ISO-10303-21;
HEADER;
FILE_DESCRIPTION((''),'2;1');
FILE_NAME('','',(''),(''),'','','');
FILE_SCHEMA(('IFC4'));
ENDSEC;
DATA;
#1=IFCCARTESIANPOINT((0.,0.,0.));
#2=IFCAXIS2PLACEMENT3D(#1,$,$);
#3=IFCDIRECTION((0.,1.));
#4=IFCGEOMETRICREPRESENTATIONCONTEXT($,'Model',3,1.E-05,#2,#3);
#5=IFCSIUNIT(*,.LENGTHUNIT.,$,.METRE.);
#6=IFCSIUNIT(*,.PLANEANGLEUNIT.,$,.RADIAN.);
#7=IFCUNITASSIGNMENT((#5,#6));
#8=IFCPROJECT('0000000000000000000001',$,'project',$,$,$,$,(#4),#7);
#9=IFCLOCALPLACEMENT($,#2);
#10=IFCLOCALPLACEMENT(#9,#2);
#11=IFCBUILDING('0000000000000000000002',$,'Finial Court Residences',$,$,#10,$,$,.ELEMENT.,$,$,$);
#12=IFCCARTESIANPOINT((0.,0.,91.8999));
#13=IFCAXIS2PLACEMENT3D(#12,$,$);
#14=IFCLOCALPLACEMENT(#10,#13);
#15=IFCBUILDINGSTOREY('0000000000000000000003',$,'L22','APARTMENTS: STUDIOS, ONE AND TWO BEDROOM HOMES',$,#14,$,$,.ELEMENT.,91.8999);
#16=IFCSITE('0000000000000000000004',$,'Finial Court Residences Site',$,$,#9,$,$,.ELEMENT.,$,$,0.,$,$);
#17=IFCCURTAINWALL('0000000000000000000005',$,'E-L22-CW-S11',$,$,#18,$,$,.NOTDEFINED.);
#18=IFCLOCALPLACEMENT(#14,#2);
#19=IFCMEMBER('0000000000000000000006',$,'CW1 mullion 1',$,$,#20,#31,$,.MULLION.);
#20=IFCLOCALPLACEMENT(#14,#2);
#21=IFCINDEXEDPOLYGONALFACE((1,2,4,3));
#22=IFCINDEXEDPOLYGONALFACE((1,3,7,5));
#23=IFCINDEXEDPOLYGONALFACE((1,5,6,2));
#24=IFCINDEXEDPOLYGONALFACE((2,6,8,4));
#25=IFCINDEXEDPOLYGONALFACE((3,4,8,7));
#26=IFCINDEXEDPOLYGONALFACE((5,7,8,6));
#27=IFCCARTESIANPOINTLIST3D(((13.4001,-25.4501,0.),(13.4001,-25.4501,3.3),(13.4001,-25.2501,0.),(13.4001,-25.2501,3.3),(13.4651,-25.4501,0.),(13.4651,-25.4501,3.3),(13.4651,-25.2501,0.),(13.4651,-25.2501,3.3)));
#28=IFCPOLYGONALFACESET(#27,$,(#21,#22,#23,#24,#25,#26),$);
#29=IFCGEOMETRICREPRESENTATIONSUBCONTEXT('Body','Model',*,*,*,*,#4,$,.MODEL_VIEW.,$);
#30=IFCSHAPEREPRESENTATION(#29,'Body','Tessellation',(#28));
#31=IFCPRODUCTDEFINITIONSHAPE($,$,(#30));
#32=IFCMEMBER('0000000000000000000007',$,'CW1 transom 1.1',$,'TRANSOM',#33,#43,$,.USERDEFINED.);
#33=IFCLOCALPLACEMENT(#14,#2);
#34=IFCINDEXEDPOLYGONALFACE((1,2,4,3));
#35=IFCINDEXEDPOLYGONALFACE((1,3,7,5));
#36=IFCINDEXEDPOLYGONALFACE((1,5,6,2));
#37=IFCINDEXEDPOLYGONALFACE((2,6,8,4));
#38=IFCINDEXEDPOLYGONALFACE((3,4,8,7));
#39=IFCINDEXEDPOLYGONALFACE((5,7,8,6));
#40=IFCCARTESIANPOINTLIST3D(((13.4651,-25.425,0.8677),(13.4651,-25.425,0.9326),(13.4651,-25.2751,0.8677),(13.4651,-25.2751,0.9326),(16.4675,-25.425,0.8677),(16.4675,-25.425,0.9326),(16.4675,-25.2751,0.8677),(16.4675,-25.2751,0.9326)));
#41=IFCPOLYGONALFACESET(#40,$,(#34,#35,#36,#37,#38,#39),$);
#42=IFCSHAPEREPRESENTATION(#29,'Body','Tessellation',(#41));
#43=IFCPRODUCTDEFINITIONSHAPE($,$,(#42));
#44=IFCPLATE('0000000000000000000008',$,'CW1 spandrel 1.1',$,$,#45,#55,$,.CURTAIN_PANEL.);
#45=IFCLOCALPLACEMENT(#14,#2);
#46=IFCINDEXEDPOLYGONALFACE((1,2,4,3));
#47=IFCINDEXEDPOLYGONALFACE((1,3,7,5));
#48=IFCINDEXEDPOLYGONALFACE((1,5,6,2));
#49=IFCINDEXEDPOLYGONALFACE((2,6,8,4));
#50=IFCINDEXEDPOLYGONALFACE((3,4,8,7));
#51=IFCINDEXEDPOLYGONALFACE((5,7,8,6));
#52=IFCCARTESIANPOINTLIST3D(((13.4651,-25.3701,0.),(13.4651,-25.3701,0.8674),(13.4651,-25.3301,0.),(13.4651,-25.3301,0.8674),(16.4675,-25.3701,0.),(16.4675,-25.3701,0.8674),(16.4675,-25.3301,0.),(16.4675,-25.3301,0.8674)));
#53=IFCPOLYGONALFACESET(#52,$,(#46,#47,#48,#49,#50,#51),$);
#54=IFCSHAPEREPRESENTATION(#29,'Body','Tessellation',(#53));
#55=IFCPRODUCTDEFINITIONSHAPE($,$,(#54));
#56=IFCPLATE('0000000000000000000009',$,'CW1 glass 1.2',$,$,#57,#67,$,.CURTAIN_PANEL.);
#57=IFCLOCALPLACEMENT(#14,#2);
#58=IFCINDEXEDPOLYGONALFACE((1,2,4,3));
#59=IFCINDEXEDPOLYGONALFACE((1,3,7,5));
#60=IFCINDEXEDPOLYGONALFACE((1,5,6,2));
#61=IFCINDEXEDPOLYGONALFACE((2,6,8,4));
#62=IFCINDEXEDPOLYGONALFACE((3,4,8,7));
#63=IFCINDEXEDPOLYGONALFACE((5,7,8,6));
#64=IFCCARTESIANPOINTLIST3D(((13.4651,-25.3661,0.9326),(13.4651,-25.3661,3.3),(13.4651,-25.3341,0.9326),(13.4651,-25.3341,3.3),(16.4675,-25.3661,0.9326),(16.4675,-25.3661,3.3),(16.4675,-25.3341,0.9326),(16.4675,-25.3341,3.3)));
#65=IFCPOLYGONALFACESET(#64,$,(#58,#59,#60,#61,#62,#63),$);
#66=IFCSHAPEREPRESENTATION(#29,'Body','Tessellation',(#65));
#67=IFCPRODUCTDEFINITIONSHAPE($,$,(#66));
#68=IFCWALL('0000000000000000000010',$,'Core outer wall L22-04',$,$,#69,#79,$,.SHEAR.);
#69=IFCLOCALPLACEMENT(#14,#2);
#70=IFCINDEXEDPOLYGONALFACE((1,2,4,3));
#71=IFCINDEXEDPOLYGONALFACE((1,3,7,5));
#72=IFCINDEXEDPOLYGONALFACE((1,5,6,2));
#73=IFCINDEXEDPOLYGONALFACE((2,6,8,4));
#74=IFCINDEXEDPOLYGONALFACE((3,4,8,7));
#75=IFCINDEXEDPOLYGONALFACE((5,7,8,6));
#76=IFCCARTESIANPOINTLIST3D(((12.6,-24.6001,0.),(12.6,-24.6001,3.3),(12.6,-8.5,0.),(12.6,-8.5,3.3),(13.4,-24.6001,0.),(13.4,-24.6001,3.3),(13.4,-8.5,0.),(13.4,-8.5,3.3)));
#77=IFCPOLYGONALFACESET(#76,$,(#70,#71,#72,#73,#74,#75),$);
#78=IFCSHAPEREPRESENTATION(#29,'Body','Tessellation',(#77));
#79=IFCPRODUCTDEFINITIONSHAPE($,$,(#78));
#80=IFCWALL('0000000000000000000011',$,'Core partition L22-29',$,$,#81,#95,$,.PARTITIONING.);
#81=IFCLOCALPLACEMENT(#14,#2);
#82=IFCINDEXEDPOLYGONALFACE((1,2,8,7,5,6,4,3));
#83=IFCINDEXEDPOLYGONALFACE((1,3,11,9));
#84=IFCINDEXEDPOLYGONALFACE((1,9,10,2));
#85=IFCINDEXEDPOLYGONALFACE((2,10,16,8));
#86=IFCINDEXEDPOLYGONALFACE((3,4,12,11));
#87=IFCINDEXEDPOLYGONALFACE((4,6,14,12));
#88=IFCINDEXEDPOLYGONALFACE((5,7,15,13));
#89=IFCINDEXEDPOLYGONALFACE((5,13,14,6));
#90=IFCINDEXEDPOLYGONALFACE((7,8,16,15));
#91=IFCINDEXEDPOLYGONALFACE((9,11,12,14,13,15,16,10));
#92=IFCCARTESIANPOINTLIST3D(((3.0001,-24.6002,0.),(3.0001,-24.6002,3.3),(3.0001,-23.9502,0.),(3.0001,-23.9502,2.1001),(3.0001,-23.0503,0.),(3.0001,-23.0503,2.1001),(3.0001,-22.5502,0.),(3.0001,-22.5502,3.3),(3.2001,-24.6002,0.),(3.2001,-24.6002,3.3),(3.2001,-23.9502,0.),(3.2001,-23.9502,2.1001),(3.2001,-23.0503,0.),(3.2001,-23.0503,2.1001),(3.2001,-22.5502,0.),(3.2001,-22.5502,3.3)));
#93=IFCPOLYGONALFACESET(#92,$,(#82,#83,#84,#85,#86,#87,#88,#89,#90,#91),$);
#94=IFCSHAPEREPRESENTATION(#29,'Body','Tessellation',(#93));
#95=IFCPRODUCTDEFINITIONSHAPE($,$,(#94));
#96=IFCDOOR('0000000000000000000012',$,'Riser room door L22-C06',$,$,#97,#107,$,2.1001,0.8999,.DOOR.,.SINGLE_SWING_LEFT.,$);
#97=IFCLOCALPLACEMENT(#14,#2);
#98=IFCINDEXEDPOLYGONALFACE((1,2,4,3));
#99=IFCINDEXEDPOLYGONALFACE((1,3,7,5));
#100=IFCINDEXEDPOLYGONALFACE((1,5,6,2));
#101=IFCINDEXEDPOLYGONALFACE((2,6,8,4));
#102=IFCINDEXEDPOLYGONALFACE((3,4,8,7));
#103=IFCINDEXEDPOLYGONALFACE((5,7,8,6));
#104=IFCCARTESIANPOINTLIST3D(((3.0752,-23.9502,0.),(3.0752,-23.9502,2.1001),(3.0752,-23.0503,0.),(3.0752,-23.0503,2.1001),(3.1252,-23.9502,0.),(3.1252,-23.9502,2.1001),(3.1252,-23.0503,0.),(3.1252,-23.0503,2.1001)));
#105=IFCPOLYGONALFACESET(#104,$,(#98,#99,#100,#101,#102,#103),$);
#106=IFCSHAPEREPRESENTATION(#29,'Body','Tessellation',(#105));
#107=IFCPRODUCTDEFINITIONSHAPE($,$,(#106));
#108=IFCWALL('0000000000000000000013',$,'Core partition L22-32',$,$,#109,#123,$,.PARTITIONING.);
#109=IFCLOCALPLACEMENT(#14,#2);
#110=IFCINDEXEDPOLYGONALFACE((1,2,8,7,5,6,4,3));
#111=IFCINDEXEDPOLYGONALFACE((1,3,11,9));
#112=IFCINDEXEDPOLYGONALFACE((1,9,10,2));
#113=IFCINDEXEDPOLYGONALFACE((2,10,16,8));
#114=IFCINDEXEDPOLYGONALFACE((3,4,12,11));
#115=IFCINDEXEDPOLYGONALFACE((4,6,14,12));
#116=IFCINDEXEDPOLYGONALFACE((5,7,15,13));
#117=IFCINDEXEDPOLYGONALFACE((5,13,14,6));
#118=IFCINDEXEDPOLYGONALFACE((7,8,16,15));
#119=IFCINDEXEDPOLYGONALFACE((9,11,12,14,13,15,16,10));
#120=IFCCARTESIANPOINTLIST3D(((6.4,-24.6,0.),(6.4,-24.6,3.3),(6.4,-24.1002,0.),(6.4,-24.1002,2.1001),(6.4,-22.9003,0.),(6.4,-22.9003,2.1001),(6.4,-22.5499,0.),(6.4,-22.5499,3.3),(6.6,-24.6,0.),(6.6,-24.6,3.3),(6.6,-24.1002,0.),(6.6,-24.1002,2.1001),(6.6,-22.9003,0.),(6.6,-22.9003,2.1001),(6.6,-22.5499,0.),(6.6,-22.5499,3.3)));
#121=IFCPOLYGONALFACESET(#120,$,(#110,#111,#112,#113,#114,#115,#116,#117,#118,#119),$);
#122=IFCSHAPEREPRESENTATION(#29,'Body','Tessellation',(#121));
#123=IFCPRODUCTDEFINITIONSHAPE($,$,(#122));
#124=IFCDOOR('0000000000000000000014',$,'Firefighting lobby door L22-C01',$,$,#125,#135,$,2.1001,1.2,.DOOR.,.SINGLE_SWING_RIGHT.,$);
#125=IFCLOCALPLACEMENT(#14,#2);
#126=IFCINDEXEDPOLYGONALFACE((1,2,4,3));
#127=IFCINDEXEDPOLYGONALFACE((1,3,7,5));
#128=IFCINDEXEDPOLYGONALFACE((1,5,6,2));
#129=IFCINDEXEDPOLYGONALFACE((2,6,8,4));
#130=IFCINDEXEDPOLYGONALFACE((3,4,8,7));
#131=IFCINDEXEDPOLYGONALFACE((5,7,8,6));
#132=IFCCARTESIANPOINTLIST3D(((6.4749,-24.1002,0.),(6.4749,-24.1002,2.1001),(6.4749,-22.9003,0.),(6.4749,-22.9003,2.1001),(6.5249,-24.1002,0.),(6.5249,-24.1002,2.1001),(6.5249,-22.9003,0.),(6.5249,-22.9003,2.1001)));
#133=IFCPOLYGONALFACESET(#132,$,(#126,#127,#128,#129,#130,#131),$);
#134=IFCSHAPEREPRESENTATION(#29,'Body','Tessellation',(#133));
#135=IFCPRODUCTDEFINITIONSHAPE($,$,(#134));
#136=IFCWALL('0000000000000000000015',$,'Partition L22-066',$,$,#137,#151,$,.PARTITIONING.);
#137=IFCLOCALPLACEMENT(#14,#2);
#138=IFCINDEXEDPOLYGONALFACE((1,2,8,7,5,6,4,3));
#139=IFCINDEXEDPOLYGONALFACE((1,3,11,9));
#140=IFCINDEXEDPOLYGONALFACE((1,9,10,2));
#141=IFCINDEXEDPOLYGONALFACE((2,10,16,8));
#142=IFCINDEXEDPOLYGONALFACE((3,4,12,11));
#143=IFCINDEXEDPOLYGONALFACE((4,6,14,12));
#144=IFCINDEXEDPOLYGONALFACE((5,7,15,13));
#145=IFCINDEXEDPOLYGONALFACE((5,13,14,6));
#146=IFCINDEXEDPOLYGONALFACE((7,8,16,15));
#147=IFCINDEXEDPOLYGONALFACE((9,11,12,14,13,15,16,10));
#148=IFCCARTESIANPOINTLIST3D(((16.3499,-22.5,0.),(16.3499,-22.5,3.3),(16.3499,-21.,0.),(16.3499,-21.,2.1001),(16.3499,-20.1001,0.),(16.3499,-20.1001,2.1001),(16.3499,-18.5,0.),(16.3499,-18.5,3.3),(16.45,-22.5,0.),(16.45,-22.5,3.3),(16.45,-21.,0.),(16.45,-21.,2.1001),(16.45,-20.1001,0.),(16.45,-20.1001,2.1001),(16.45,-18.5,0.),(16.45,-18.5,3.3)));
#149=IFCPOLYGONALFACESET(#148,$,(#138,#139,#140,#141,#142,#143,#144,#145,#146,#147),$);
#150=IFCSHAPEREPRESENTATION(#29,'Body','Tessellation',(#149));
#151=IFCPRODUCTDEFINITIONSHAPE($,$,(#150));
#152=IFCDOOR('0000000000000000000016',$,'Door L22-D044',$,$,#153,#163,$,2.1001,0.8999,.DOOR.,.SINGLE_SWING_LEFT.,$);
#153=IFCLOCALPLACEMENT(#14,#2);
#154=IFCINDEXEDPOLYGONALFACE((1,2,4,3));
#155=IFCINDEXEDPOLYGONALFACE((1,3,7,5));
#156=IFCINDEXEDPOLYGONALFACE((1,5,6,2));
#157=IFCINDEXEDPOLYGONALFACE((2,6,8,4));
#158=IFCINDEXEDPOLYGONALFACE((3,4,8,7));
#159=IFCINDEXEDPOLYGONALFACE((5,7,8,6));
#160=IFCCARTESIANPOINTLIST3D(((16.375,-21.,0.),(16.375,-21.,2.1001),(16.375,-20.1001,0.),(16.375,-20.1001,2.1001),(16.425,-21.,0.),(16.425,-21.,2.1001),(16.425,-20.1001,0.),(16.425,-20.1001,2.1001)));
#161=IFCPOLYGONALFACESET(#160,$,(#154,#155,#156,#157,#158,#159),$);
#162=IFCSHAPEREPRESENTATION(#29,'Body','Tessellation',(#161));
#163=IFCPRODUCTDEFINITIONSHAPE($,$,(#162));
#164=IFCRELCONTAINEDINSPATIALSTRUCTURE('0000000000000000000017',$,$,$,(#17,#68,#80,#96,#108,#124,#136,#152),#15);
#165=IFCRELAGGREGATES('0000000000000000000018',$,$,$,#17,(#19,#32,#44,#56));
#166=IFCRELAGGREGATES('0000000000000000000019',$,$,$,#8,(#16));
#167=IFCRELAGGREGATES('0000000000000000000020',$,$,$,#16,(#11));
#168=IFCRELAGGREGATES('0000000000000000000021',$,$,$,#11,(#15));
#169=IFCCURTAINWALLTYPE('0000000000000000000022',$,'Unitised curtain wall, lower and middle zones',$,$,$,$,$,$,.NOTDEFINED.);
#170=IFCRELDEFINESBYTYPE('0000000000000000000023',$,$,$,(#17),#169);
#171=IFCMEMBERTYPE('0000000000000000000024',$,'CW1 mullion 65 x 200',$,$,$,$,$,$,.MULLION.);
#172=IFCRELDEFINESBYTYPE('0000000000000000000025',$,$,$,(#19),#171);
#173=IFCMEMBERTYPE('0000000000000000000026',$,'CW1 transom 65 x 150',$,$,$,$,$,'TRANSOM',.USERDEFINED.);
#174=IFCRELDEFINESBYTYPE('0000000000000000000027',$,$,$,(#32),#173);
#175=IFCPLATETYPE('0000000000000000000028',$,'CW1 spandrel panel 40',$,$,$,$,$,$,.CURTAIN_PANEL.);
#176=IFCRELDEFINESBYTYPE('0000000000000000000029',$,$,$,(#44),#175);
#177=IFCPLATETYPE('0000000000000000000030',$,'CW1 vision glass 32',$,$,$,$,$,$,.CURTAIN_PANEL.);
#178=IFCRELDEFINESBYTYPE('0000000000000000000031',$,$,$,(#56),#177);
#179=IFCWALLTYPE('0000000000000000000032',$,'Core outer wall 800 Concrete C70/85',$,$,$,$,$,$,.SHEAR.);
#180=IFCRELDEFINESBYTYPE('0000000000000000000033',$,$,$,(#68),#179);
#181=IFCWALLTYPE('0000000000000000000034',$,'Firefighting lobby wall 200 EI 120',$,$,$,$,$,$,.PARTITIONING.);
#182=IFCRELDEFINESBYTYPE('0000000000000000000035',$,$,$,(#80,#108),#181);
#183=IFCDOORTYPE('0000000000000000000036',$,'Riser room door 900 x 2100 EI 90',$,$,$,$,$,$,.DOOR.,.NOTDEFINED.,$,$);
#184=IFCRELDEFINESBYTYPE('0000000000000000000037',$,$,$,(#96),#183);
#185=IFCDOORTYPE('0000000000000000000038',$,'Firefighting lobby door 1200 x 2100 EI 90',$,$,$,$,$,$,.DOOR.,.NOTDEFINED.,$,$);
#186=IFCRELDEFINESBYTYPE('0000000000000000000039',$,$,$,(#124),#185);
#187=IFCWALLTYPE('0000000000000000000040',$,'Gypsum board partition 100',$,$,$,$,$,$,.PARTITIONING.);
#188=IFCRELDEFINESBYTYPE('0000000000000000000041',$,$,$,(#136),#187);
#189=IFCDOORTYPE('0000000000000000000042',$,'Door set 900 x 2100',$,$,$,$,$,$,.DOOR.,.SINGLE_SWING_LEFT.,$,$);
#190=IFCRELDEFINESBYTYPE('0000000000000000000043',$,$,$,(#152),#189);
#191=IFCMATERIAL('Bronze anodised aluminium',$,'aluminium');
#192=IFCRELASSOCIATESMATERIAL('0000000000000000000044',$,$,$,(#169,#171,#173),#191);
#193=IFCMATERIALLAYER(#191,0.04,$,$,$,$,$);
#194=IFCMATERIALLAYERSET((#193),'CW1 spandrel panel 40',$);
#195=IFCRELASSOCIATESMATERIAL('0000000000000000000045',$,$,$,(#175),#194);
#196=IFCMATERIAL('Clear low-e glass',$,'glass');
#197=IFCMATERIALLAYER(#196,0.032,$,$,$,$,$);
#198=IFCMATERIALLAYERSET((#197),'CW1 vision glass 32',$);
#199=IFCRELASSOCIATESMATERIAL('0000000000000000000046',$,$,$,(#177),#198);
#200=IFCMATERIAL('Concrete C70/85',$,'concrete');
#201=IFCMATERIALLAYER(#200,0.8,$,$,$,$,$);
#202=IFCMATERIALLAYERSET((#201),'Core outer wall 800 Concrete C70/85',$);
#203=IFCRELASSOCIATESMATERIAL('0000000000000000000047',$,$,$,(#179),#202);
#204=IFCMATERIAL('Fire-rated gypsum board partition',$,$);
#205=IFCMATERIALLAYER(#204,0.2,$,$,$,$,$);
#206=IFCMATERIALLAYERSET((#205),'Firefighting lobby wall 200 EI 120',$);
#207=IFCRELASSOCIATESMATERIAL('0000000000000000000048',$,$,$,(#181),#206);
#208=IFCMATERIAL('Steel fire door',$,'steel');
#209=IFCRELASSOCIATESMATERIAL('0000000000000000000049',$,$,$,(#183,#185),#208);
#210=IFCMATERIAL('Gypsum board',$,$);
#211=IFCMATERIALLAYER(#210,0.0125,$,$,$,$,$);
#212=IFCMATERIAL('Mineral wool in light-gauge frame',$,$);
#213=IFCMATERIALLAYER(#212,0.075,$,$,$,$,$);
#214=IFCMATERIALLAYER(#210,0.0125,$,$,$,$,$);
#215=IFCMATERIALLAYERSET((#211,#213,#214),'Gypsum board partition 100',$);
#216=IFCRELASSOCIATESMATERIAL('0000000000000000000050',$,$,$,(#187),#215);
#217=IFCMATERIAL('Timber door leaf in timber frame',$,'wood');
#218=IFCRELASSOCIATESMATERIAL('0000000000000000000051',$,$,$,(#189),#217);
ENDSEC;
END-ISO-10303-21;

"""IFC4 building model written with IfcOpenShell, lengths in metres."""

from ifc_helpers import new_model, si_unit, direction, frame, frame_2d, origin, origin_2d, place, context, subcontext, project, spatial, rectangle, extrude, material, layer, layer_set, material_profile, profile_set, type_object, element, fill, aggregate, save


model = new_model("IFC4")

# Units and contexts
model_context = context("Model", 3, precision=1e-05, world=origin(), true_north=direction((0.0, 1.0)))
body_context = subcontext(model_context, "Body", "Model", "MODEL_VIEW")
ifc_project = project(units=[si_unit("LENGTHUNIT", "METRE"), si_unit("PLANEANGLEUNIT", "RADIAN")], contexts=[model_context])

# Site, building, storey
site_placement = place(None, origin())
site = spatial("IfcSite", under=ifc_project, at=site_placement, Name="Finial Court Residences Site", CompositionType="ELEMENT", RefElevation=0.0)
building_placement = place(site_placement, origin())
building = spatial("IfcBuilding", under=site, at=building_placement, Name="Finial Court Residences", CompositionType="ELEMENT")
storey_placement = place(building_placement, frame((0.0, 0.0, 91.8999)))
storey = spatial("IfcBuildingStorey", under=building, at=storey_placement, Name="L22", Description="APARTMENTS: STUDIOS, ONE AND TWO BEDROOM HOMES", CompositionType="ELEMENT", Elevation=91.8999)

# Curtain wall, members, plates
ifc_material_1 = material(Name="Bronze anodised aluminium", Category="aluminium")
curtain_wall_type = type_object("IfcCurtainWallType", Name="Unitised curtain wall, lower and middle zones", PredefinedType="NOTDEFINED", material=ifc_material_1)
curtain_wall_placement = place(storey_placement, origin())
curtain_wall = element("IfcCurtainWall", 1, at=curtain_wall_placement, inside=storey, type_object=curtain_wall_type, Name="E-L22-CW-S11", PredefinedType="NOTDEFINED")
ifc_material_profile_1 = material_profile(ifc_material_1, rectangle(XDim=0.2, YDim=0.0649, at=origin_2d()), Name="CW1 mullion 65 x 200")
ifc_profile_set_1 = profile_set([ifc_material_profile_1], Name="Bronze anodised aluminium")
member_type_1 = type_object("IfcMemberType", Name="CW1 mullion 65 x 200", PredefinedType="MULLION", material=ifc_profile_set_1)
member_1_placement = place(storey_placement, frame((13.4326, -25.3501, 0.0), z_axis=(0.0, 0.0, 1.0), x_axis=(0.0, 1.0, 0.0)))
member_1 = element("IfcMember", 2, at=member_1_placement, type_object=member_type_1, Name="CW1 mullion 1", PredefinedType="MULLION", context=body_context, shape_type="SweptSolid", body=[
    extrude(rectangle(XDim=0.2, YDim=0.0649, at=origin_2d()), origin(), (0.0, 0.0, 1.0), 3.3),
])
ifc_material_profile_2 = material_profile(ifc_material_1, rectangle(XDim=0.1499, YDim=0.0649, at=origin_2d()), Name="CW1 transom 65 x 150")
ifc_profile_set_2 = profile_set([ifc_material_profile_2], Name="Bronze anodised aluminium")
member_type_2 = type_object("IfcMemberType", Name="CW1 transom 65 x 150", ElementType="TRANSOM", PredefinedType="USERDEFINED", material=ifc_profile_set_2)
member_2_placement = place(storey_placement, frame((13.4651, -25.3501, 0.9001), z_axis=(1.0, 0.0, 0.0), x_axis=(0.0, 1.0, 0.0)))
member_2 = element("IfcMember", 3, at=member_2_placement, type_object=member_type_2, Name="CW1 transom 1.1", ObjectType="TRANSOM", PredefinedType="USERDEFINED", context=body_context, shape_type="SweptSolid", body=[
    extrude(rectangle(XDim=0.1499, YDim=0.0649, at=origin_2d()), origin(), (0.0, 0.0, 1.0), 3.0024),
])
ifc_layer_1 = layer(ifc_material_1, 0.04)
ifc_layer_set_1 = layer_set([ifc_layer_1], Name="CW1 spandrel panel 40")
plate_type_1 = type_object("IfcPlateType", Name="CW1 spandrel panel 40", PredefinedType="CURTAIN_PANEL", material=ifc_layer_set_1)
plate_1_placement = place(storey_placement, frame((14.9663, -25.3501, 0.0), z_axis=(0.0, 0.0, 1.0), x_axis=(1.0, 0.0, 0.0)))
plate_1 = element("IfcPlate", 4, at=plate_1_placement, type_object=plate_type_1, Name="CW1 spandrel 1.1", PredefinedType="CURTAIN_PANEL", context=body_context, shape_type="SweptSolid", body=[
    extrude(rectangle(XDim=3.0024, YDim=0.04, at=origin_2d()), origin(), (0.0, 0.0, 1.0), 0.8674),
])
ifc_material_2 = material(Name="Clear low-e glass", Category="glass")
ifc_layer_2 = layer(ifc_material_2, 0.032)
ifc_layer_set_2 = layer_set([ifc_layer_2], Name="CW1 vision glass 32")
plate_type_2 = type_object("IfcPlateType", Name="CW1 vision glass 32", PredefinedType="CURTAIN_PANEL", material=ifc_layer_set_2)
plate_2_placement = place(storey_placement, frame((14.9663, -25.3501, 0.9326), z_axis=(0.0, 0.0, 1.0), x_axis=(1.0, 0.0, 0.0)))
plate_2 = element("IfcPlate", 5, at=plate_2_placement, type_object=plate_type_2, Name="CW1 glass 1.2", PredefinedType="CURTAIN_PANEL", context=body_context, shape_type="SweptSolid", body=[
    extrude(rectangle(XDim=3.0024, YDim=0.032, at=origin_2d()), origin(), (0.0, 0.0, 1.0), 2.3674),
])
aggregate(curtain_wall, [member_1, member_2, plate_1, plate_2])

# Wall
ifc_material_3 = material(Name="Concrete C70/85", Category="concrete")
ifc_layer_3 = layer(ifc_material_3, 0.8)
ifc_layer_set_3 = layer_set([ifc_layer_3], Name="Core outer wall 800 Concrete C70/85")
wall_type_1 = type_object("IfcWallType", Name="Core outer wall 800 Concrete C70/85", PredefinedType="SHEAR", material=ifc_layer_set_3)
wall_1_placement = place(storey_placement, frame((13.0, -24.6001, 0.0), z_axis=(0.0, 0.0, 1.0), x_axis=(0.0, 1.0, 0.0)))
element("IfcWall", 6, at=wall_1_placement, inside=storey, type_object=wall_type_1, Name="Core outer wall L22-04", PredefinedType="SHEAR", context=body_context, shape_type="SweptSolid", body=[
    extrude(rectangle(XDim=16.1001, YDim=0.8, at=frame_2d((8.05, 0.0))), origin(), (0.0, 0.0, 1.0), 3.3),
])

# Walls, openings, doors
ifc_material_4 = material(Name="Fire-rated gypsum board partition")
ifc_layer_4 = layer(ifc_material_4, 0.2)
ifc_layer_set_4 = layer_set([ifc_layer_4], Name="Firefighting lobby wall 200 EI 120")
wall_type_2 = type_object("IfcWallType", Name="Firefighting lobby wall 200 EI 120", PredefinedType="PARTITIONING", material=ifc_layer_set_4)
wall_2_placement = place(storey_placement, frame((3.1001, -24.6001, 0.0), z_axis=(0.0, 0.0, 1.0), x_axis=(0.0, 1.0, 0.0)))
wall_2 = element("IfcWall", 7, at=wall_2_placement, inside=storey, type_object=wall_type_2, Name="Core partition L22-29", PredefinedType="PARTITIONING", context=body_context, shape_type="SweptSolid", body=[
    extrude(rectangle(XDim=2.05, YDim=0.2, at=frame_2d((1.0249, 0.0))), origin(), (0.0, 0.0, 1.0), 3.3),
])
opening_1_placement = place(wall_2_placement, frame((0.6499, 0.0, 0.0)))
opening_1 = element("IfcOpeningElement", 8, at=opening_1_placement, cuts=wall_2, PredefinedType="OPENING", context=body_context, shape_type="SweptSolid", body=[
    extrude(rectangle(XDim=0.8999, YDim=2.1001, at=frame_2d((0.45, 1.05))), frame((0.0, 0.1099, 0.0), z_axis=(0.0, -1.0, 0.0), x_axis=(1.0, 0.0, 0.0)), (0.0, 0.0, 1.0), 0.22),
])
ifc_material_5 = material(Name="Steel fire door", Category="steel")
door_type_1 = type_object("IfcDoorType", Name="Riser room door 900 x 2100 EI 90", OperationType="NOTDEFINED", PredefinedType="DOOR", material=ifc_material_5)
door_1_placement = place(opening_1_placement, origin())
door_1 = element("IfcDoor", 9, at=door_1_placement, inside=storey, type_object=door_type_1, Name="Riser room door L22-C06", OperationType="SINGLE_SWING_LEFT", OverallHeight=2.1001, OverallWidth=0.8999, PredefinedType="DOOR", context=body_context, shape_type="SweptSolid", body=[
    extrude(rectangle(XDim=0.8999, YDim=2.1001, at=frame_2d((0.45, 1.05))), frame((0.0, 0.0249, 0.0), z_axis=(0.0, -1.0, 0.0), x_axis=(1.0, 0.0, 0.0)), (0.0, 0.0, 1.0), 0.05),
])
fill(opening_1, door_1)
wall_3_placement = place(storey_placement, frame((6.5, -22.55, 0.0), z_axis=(0.0, 0.0, 1.0), x_axis=(0.0, -1.0, 0.0)))
wall_3 = element("IfcWall", 10, at=wall_3_placement, inside=storey, type_object=wall_type_2, Name="Core partition L22-32", PredefinedType="PARTITIONING", context=body_context, shape_type="SweptSolid", body=[
    extrude(rectangle(XDim=2.05, YDim=0.2, at=frame_2d((1.0249, 0.0))), origin(), (0.0, 0.0, 1.0), 3.3),
])
opening_2_placement = place(wall_3_placement, frame((0.3501, 0.0, 0.0)))
opening_2 = element("IfcOpeningElement", 11, at=opening_2_placement, cuts=wall_3, PredefinedType="OPENING", context=body_context, shape_type="SweptSolid", body=[
    extrude(rectangle(XDim=1.2, YDim=2.1001, at=frame_2d((0.6001, 1.05))), frame((0.0, 0.1099, 0.0), z_axis=(0.0, -1.0, 0.0), x_axis=(1.0, 0.0, 0.0)), (0.0, 0.0, 1.0), 0.22),
])
door_type_2 = type_object("IfcDoorType", Name="Firefighting lobby door 1200 x 2100 EI 90", OperationType="NOTDEFINED", PredefinedType="DOOR", material=ifc_material_5)
door_2_placement = place(opening_2_placement, origin())
door_2 = element("IfcDoor", 12, at=door_2_placement, inside=storey, type_object=door_type_2, Name="Firefighting lobby door L22-C01", OperationType="SINGLE_SWING_RIGHT", OverallHeight=2.1001, OverallWidth=1.2, PredefinedType="DOOR", context=body_context, shape_type="SweptSolid", body=[
    extrude(rectangle(XDim=1.2, YDim=2.1001, at=frame_2d((0.6001, 1.05))), frame((0.0, 0.0249, 0.0), z_axis=(0.0, -1.0, 0.0), x_axis=(1.0, 0.0, 0.0)), (0.0, 0.0, 1.0), 0.05),
])
fill(opening_2, door_2)
ifc_material_6 = material(Name="Gypsum board")
ifc_layer_5 = layer(ifc_material_6, 0.0125)
ifc_material_7 = material(Name="Mineral wool in light-gauge frame")
ifc_layer_6 = layer(ifc_material_7, 0.075)
ifc_layer_7 = layer(ifc_material_6, 0.0125)
ifc_layer_set_5 = layer_set([ifc_layer_5, ifc_layer_6, ifc_layer_7], Name="Gypsum board partition 100")
wall_type_3 = type_object("IfcWallType", Name="Gypsum board partition 100", PredefinedType="PARTITIONING", material=ifc_layer_set_5)
wall_4_placement = place(storey_placement, frame((16.3999, -22.5, 0.0), z_axis=(0.0, 0.0, 1.0), x_axis=(0.0, 1.0, 0.0)))
wall_4 = element("IfcWall", 13, at=wall_4_placement, inside=storey, type_object=wall_type_3, Name="Partition L22-066", PredefinedType="PARTITIONING", context=body_context, shape_type="SweptSolid", body=[
    extrude(rectangle(XDim=4.0, YDim=0.1001, at=frame_2d((2.0, 0.0))), origin(), (0.0, 0.0, 1.0), 3.3),
])
opening_3_placement = place(wall_4_placement, frame((1.5, 0.0, 0.0)))
opening_3 = element("IfcOpeningElement", 14, at=opening_3_placement, cuts=wall_4, PredefinedType="OPENING", context=body_context, shape_type="SweptSolid", body=[
    extrude(rectangle(XDim=0.8999, YDim=2.1001, at=frame_2d((0.45, 1.05))), frame((0.0, 0.0601, 0.0), z_axis=(0.0, -1.0, 0.0), x_axis=(1.0, 0.0, 0.0)), (0.0, 0.0, 1.0), 0.1201),
])
ifc_material_8 = material(Name="Timber door leaf in timber frame", Category="wood")
door_type_3 = type_object("IfcDoorType", Name="Door set 900 x 2100", OperationType="SINGLE_SWING_LEFT", PredefinedType="DOOR", material=ifc_material_8)
door_3_placement = place(opening_3_placement, origin())
door_3 = element("IfcDoor", 15, at=door_3_placement, inside=storey, type_object=door_type_3, Name="Door L22-D044", OperationType="SINGLE_SWING_LEFT", OverallHeight=2.1001, OverallWidth=0.8999, PredefinedType="DOOR", context=body_context, shape_type="SweptSolid", body=[
    extrude(rectangle(XDim=0.8999, YDim=2.1001, at=frame_2d((0.45, 1.05))), frame((0.0, 0.0249, 0.0), z_axis=(0.0, -1.0, 0.0), x_axis=(1.0, 0.0, 0.0)), (0.0, 0.0, 1.0), 0.05),
])
fill(opening_3, door_3)

save(model, "model.ifc")
